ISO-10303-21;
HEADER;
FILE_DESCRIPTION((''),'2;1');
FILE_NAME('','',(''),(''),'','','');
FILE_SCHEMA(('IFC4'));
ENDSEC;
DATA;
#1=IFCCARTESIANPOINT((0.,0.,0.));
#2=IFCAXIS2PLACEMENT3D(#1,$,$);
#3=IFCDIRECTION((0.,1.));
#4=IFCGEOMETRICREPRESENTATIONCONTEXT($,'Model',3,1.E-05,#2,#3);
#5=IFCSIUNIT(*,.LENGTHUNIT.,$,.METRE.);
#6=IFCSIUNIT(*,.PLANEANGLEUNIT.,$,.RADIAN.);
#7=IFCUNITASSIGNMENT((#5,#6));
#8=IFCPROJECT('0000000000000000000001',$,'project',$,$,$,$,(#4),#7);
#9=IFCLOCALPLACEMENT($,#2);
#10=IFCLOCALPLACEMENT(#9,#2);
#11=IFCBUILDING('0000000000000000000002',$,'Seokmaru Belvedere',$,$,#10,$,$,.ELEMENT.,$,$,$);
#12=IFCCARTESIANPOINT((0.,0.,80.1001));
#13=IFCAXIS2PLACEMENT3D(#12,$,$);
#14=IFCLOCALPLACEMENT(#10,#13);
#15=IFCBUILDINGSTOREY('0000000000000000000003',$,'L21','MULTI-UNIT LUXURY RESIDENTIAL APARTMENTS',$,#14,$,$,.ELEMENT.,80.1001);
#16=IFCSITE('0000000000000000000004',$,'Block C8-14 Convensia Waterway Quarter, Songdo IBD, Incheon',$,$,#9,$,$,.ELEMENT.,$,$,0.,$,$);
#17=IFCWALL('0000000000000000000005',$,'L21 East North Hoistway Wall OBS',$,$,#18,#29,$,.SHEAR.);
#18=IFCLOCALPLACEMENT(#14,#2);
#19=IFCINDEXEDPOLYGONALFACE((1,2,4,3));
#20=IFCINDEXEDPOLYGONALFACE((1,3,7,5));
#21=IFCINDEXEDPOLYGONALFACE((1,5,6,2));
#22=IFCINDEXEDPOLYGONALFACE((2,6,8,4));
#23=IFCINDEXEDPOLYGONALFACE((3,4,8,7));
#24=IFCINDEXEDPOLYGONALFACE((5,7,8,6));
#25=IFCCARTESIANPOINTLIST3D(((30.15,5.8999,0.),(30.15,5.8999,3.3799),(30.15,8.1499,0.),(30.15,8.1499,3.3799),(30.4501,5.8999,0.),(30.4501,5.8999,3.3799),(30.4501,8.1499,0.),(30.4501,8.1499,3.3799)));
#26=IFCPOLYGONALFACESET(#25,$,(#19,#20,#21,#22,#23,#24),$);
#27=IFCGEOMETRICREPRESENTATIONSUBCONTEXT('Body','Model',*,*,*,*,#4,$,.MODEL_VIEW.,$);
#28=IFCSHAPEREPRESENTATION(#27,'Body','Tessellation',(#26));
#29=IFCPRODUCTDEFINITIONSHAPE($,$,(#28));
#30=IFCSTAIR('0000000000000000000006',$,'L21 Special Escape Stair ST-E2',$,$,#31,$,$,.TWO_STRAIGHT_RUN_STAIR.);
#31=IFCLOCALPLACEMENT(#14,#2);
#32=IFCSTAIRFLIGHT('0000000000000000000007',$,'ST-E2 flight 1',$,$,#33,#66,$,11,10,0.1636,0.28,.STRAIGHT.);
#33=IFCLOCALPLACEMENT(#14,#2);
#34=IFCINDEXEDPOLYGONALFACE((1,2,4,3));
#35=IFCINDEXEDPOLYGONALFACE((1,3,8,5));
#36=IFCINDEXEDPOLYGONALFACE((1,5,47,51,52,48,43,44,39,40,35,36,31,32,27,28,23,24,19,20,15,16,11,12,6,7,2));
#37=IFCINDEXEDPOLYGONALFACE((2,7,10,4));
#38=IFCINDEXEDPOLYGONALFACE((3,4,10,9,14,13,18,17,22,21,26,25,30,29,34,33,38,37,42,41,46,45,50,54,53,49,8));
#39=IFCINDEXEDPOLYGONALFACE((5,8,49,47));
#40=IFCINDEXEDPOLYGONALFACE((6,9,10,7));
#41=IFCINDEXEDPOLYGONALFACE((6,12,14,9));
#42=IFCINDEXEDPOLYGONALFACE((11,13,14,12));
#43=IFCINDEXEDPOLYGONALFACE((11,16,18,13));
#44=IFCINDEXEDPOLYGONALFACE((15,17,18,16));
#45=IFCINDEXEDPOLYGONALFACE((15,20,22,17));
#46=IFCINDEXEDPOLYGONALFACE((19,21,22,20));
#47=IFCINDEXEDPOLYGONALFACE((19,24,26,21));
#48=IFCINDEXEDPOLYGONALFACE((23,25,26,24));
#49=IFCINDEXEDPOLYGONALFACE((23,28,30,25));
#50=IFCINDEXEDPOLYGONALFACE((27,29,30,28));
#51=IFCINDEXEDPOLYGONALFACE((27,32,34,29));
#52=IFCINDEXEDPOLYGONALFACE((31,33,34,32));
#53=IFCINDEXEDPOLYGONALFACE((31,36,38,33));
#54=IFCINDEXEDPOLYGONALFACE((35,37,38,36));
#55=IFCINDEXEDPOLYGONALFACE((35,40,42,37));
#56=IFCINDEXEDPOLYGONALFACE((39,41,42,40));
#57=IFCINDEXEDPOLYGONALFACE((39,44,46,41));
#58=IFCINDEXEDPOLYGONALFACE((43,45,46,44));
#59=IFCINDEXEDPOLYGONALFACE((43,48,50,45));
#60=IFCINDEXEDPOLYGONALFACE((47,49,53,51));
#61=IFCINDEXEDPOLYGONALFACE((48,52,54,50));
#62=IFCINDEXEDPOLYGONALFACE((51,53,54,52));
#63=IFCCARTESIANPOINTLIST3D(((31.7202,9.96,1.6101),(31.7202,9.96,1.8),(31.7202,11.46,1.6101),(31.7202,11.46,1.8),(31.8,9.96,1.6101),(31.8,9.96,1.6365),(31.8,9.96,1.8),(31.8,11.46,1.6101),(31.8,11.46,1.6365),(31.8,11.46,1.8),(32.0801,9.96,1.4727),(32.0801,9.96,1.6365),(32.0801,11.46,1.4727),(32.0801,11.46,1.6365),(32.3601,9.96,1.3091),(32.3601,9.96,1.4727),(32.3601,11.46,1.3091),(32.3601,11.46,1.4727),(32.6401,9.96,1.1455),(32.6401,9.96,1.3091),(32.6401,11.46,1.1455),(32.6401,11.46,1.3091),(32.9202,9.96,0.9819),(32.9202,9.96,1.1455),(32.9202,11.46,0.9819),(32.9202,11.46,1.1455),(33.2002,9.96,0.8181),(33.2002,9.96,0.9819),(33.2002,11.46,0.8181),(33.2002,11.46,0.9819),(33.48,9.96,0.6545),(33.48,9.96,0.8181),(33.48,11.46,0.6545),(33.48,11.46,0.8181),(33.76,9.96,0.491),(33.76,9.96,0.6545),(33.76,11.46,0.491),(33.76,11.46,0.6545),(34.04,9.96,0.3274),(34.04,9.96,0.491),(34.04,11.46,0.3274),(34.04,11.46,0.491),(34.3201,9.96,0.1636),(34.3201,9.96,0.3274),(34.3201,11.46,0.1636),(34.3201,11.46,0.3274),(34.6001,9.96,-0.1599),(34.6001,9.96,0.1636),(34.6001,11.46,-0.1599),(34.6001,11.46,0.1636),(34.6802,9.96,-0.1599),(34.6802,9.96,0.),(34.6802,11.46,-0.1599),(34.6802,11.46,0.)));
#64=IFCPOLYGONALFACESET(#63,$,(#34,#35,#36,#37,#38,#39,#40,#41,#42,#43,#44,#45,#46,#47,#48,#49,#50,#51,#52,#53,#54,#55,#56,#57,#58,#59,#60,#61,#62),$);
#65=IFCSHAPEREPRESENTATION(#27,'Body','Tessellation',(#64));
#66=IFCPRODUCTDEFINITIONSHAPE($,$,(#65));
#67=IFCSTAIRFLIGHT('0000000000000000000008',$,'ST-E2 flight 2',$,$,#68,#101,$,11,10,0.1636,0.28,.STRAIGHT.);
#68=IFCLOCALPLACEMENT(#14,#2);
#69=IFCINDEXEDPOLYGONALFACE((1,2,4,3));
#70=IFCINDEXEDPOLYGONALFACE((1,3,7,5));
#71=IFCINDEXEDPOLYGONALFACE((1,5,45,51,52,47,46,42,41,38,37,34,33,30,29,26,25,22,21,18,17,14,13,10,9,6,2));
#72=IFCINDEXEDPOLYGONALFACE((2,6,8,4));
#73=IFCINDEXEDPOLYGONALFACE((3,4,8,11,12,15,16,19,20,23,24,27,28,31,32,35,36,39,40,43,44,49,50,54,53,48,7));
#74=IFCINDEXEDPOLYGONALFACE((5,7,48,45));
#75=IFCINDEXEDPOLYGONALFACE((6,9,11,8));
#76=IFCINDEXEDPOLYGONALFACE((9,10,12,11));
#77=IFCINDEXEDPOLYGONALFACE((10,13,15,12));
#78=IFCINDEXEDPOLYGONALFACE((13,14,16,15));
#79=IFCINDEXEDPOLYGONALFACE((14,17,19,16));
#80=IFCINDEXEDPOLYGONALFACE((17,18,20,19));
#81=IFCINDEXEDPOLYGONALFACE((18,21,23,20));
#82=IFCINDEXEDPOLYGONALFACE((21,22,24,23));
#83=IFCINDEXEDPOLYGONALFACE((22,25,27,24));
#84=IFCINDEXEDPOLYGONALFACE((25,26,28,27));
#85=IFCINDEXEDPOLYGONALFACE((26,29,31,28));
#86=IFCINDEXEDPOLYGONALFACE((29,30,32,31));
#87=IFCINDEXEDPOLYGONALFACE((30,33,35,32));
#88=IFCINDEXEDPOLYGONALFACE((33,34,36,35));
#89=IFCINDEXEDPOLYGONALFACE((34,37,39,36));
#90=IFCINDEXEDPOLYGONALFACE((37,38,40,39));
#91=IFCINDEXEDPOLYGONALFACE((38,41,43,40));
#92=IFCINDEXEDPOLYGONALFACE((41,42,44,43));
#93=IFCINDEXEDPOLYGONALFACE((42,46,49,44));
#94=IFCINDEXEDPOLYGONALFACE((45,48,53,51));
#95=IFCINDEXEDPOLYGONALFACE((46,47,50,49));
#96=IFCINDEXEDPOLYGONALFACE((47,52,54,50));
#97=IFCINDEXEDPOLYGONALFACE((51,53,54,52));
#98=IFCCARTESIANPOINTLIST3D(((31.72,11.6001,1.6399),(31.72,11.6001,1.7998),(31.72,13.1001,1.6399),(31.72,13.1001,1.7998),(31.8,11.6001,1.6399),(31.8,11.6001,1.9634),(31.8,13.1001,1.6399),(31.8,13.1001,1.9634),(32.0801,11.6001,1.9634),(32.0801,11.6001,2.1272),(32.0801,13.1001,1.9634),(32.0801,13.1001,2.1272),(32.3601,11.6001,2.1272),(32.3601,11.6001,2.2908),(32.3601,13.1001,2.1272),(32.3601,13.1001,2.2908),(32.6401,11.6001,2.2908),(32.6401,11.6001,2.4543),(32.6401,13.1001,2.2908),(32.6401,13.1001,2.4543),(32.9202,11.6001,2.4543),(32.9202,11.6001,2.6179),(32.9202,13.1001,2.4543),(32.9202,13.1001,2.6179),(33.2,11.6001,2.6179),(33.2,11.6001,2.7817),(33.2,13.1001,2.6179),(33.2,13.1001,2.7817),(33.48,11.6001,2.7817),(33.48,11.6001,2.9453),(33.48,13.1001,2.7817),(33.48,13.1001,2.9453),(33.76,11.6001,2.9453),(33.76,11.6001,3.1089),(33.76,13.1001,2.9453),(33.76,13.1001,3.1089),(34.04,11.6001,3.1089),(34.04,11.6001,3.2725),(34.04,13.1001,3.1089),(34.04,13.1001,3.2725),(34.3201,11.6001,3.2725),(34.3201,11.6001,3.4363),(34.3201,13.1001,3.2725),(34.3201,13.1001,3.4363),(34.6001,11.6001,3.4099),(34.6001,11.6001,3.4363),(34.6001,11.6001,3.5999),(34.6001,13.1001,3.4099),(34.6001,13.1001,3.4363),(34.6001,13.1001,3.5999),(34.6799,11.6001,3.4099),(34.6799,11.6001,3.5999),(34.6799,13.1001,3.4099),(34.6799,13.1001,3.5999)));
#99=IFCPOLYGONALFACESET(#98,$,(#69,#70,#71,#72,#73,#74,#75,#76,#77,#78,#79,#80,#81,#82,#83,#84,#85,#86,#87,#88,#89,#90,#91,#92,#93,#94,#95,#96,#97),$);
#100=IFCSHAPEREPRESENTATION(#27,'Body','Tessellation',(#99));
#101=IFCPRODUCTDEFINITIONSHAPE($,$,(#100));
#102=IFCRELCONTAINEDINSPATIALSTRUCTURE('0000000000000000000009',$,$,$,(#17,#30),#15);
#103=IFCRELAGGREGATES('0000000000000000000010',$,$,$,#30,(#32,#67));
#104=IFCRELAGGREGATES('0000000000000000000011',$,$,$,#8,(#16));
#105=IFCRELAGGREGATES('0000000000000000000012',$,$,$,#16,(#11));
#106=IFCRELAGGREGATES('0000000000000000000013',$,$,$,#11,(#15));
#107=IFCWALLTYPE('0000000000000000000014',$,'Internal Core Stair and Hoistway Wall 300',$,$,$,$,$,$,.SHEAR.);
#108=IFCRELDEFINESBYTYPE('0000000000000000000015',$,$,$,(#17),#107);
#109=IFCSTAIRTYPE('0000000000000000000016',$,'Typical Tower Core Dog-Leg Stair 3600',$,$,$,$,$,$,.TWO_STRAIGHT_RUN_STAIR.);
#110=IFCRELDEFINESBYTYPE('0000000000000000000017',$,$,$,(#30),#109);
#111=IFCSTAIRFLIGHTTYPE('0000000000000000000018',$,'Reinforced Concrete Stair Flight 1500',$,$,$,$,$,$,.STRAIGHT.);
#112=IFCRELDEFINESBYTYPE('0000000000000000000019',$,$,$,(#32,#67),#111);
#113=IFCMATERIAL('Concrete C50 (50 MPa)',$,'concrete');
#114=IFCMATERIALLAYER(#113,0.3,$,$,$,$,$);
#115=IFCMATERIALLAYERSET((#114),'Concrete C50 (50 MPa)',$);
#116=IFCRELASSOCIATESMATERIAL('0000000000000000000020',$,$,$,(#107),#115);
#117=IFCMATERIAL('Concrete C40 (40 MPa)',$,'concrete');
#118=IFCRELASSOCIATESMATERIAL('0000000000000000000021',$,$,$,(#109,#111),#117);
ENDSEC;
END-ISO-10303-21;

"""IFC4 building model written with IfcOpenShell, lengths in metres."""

from ifc_helpers import new_model, si_unit, direction, frame, frame_2d, origin, place, context, subcontext, project, spatial, polyline, rectangle, outline, extrude, material, layer, layer_set, type_object, element, aggregate, save


model = new_model("IFC4")

# Units and contexts
model_context = context("Model", 3, precision=1e-05, world=origin(), true_north=direction((0.0, 1.0)))
body_context = subcontext(model_context, "Body", "Model", "MODEL_VIEW")
ifc_project = project(units=[si_unit("LENGTHUNIT", "METRE"), si_unit("PLANEANGLEUNIT", "RADIAN")], contexts=[model_context])

# Site, building, storey
site_placement = place(None, origin())
site = spatial("IfcSite", under=ifc_project, at=site_placement, Name="Block C8-14 Convensia Waterway Quarter, Songdo IBD, Incheon", CompositionType="ELEMENT", RefElevation=0.0)
building_placement = place(site_placement, origin())
building = spatial("IfcBuilding", under=site, at=building_placement, Name="Seokmaru Belvedere", CompositionType="ELEMENT")
storey_placement = place(building_placement, frame((0.0, 0.0, 80.1001)))
storey = spatial("IfcBuildingStorey", under=building, at=storey_placement, Name="L21", Description="MULTI-UNIT LUXURY RESIDENTIAL APARTMENTS", CompositionType="ELEMENT", Elevation=80.1001)

# Shared definitions
ifc_material_1 = material(Name="Concrete C50 (50 MPa)", Category="concrete")

# Shared definitions
ifc_layer_1 = layer(ifc_material_1, 0.3)
ifc_layer_set_1 = layer_set([ifc_layer_1], Name="Concrete C50 (50 MPa)")
wall_type_1 = type_object("IfcWallType", Name="Internal Core Stair and Hoistway Wall 300", PredefinedType="SHEAR", material=ifc_layer_set_1)

# Wall
wall_1_placement = place(storey_placement, frame((30.3, 5.8999, 0.0), z_axis=(0.0, 0.0, 1.0), x_axis=(0.0, 1.0, 0.0)))
element("IfcWall", 1, at=wall_1_placement, inside=storey, type_object=wall_type_1, Name="L21 East North Hoistway Wall OBS", PredefinedType="SHEAR", context=body_context, shape_type="SweptSolid", body=[
    extrude(rectangle(XDim=2.25, YDim=0.3, at=frame_2d((1.125, 0.0))), origin(), (0.0, 0.0, 1.0), 3.3799),
])

# Stair, stair flights
ifc_material_2 = material(Name="Concrete C40 (40 MPa)", Category="concrete")
stair_type = type_object("IfcStairType", Name="Typical Tower Core Dog-Leg Stair 3600", PredefinedType="TWO_STRAIGHT_RUN_STAIR", material=ifc_material_2)
stair_placement = place(storey_placement, origin())
stair = element("IfcStair", 2, at=stair_placement, inside=storey, type_object=stair_type, Name="L21 Special Escape Stair ST-E2", PredefinedType="TWO_STRAIGHT_RUN_STAIR")
stair_flight_type = type_object("IfcStairFlightType", Name="Reinforced Concrete Stair Flight 1500", PredefinedType="STRAIGHT", material=ifc_material_2)
stair_flight_1_placement = place(storey_placement, frame((34.6001, 10.71, 0.0), z_axis=(0.0, 0.0, 1.0), x_axis=(-1.0, 0.0, 0.0)))
stair_flight_1 = element("IfcStairFlight", 3, at=stair_flight_1_placement, type_object=stair_flight_type, Name="ST-E2 flight 1", NumberOfRisers=11, NumberOfTreads=10, PredefinedType="STRAIGHT", RiserHeight=0.1636, TreadLength=0.28, context=body_context, shape_type="SweptSolid", body=[
    extrude(outline(polyline([(-0.0801, 0.0), (0.0, 0.1636), (0.28, 0.1636), (0.28, 0.3274), (0.5601, 0.3274), (0.5601, 0.491), (0.8401, 0.491), (0.8401, 0.6545), (1.1201, 0.6545), (1.1201, 0.8181), (1.3999, 0.8181), (1.3999, 0.9819), (1.6799, 0.9819), (1.6799, 1.1455), (1.96, 1.1455), (1.96, 1.3091), (2.24, 1.3091), (2.24, 1.4727), (2.52, 1.4727), (2.52, 1.6365), (2.8, 1.6365), (2.8, 1.8), (2.8799, 1.8), (2.8799, 1.6101), (2.8, 1.6101), (0.0, -0.1599), (-0.0801, -0.1599), (-0.0801, 0.0)])), frame((0.0, 0.75, 0.0), z_axis=(0.0, -1.0, 0.0), x_axis=(1.0, 0.0, 0.0)), (0.0, 0.0, 1.0), 1.5),
])
stair_flight_2_placement = place(storey_placement, frame((31.8, 12.3501, 1.7998), z_axis=(0.0, 0.0, 1.0), x_axis=(1.0, 0.0, 0.0)))
stair_flight_2 = element("IfcStairFlight", 4, at=stair_flight_2_placement, type_object=stair_flight_type, Name="ST-E2 flight 2", NumberOfRisers=11, NumberOfTreads=10, PredefinedType="STRAIGHT", RiserHeight=0.1636, TreadLength=0.28, context=body_context, shape_type="SweptSolid", body=[
    extrude(outline(polyline([(-0.0801, 0.0), (0.0, 0.1636), (0.28, 0.1636), (0.28, 0.3274), (0.5601, 0.3274), (0.5601, 0.491), (0.8401, 0.491), (0.8401, 0.6545), (1.1201, 0.6545), (1.1201, 0.8181), (1.3999, 0.8181), (1.3999, 0.9819), (1.6799, 0.9819), (1.6799, 1.1455), (1.96, 1.1455), (1.96, 1.3091), (2.24, 1.3091), (2.24, 1.4727), (2.52, 1.4727), (2.52, 1.6365), (2.8, 1.6365), (2.8, 1.8), (2.8799, 1.8), (2.8799, 1.6101), (2.8, 1.6101), (0.0, -0.1599), (-0.0801, -0.1599), (-0.0801, 0.0)])), frame((0.0, 0.75, 0.0), z_axis=(0.0, -1.0, 0.0), x_axis=(1.0, 0.0, 0.0)), (0.0, 0.0, 1.0), 1.5),
])
aggregate(stair, [stair_flight_1, stair_flight_2])

save(model, "model.ifc")
